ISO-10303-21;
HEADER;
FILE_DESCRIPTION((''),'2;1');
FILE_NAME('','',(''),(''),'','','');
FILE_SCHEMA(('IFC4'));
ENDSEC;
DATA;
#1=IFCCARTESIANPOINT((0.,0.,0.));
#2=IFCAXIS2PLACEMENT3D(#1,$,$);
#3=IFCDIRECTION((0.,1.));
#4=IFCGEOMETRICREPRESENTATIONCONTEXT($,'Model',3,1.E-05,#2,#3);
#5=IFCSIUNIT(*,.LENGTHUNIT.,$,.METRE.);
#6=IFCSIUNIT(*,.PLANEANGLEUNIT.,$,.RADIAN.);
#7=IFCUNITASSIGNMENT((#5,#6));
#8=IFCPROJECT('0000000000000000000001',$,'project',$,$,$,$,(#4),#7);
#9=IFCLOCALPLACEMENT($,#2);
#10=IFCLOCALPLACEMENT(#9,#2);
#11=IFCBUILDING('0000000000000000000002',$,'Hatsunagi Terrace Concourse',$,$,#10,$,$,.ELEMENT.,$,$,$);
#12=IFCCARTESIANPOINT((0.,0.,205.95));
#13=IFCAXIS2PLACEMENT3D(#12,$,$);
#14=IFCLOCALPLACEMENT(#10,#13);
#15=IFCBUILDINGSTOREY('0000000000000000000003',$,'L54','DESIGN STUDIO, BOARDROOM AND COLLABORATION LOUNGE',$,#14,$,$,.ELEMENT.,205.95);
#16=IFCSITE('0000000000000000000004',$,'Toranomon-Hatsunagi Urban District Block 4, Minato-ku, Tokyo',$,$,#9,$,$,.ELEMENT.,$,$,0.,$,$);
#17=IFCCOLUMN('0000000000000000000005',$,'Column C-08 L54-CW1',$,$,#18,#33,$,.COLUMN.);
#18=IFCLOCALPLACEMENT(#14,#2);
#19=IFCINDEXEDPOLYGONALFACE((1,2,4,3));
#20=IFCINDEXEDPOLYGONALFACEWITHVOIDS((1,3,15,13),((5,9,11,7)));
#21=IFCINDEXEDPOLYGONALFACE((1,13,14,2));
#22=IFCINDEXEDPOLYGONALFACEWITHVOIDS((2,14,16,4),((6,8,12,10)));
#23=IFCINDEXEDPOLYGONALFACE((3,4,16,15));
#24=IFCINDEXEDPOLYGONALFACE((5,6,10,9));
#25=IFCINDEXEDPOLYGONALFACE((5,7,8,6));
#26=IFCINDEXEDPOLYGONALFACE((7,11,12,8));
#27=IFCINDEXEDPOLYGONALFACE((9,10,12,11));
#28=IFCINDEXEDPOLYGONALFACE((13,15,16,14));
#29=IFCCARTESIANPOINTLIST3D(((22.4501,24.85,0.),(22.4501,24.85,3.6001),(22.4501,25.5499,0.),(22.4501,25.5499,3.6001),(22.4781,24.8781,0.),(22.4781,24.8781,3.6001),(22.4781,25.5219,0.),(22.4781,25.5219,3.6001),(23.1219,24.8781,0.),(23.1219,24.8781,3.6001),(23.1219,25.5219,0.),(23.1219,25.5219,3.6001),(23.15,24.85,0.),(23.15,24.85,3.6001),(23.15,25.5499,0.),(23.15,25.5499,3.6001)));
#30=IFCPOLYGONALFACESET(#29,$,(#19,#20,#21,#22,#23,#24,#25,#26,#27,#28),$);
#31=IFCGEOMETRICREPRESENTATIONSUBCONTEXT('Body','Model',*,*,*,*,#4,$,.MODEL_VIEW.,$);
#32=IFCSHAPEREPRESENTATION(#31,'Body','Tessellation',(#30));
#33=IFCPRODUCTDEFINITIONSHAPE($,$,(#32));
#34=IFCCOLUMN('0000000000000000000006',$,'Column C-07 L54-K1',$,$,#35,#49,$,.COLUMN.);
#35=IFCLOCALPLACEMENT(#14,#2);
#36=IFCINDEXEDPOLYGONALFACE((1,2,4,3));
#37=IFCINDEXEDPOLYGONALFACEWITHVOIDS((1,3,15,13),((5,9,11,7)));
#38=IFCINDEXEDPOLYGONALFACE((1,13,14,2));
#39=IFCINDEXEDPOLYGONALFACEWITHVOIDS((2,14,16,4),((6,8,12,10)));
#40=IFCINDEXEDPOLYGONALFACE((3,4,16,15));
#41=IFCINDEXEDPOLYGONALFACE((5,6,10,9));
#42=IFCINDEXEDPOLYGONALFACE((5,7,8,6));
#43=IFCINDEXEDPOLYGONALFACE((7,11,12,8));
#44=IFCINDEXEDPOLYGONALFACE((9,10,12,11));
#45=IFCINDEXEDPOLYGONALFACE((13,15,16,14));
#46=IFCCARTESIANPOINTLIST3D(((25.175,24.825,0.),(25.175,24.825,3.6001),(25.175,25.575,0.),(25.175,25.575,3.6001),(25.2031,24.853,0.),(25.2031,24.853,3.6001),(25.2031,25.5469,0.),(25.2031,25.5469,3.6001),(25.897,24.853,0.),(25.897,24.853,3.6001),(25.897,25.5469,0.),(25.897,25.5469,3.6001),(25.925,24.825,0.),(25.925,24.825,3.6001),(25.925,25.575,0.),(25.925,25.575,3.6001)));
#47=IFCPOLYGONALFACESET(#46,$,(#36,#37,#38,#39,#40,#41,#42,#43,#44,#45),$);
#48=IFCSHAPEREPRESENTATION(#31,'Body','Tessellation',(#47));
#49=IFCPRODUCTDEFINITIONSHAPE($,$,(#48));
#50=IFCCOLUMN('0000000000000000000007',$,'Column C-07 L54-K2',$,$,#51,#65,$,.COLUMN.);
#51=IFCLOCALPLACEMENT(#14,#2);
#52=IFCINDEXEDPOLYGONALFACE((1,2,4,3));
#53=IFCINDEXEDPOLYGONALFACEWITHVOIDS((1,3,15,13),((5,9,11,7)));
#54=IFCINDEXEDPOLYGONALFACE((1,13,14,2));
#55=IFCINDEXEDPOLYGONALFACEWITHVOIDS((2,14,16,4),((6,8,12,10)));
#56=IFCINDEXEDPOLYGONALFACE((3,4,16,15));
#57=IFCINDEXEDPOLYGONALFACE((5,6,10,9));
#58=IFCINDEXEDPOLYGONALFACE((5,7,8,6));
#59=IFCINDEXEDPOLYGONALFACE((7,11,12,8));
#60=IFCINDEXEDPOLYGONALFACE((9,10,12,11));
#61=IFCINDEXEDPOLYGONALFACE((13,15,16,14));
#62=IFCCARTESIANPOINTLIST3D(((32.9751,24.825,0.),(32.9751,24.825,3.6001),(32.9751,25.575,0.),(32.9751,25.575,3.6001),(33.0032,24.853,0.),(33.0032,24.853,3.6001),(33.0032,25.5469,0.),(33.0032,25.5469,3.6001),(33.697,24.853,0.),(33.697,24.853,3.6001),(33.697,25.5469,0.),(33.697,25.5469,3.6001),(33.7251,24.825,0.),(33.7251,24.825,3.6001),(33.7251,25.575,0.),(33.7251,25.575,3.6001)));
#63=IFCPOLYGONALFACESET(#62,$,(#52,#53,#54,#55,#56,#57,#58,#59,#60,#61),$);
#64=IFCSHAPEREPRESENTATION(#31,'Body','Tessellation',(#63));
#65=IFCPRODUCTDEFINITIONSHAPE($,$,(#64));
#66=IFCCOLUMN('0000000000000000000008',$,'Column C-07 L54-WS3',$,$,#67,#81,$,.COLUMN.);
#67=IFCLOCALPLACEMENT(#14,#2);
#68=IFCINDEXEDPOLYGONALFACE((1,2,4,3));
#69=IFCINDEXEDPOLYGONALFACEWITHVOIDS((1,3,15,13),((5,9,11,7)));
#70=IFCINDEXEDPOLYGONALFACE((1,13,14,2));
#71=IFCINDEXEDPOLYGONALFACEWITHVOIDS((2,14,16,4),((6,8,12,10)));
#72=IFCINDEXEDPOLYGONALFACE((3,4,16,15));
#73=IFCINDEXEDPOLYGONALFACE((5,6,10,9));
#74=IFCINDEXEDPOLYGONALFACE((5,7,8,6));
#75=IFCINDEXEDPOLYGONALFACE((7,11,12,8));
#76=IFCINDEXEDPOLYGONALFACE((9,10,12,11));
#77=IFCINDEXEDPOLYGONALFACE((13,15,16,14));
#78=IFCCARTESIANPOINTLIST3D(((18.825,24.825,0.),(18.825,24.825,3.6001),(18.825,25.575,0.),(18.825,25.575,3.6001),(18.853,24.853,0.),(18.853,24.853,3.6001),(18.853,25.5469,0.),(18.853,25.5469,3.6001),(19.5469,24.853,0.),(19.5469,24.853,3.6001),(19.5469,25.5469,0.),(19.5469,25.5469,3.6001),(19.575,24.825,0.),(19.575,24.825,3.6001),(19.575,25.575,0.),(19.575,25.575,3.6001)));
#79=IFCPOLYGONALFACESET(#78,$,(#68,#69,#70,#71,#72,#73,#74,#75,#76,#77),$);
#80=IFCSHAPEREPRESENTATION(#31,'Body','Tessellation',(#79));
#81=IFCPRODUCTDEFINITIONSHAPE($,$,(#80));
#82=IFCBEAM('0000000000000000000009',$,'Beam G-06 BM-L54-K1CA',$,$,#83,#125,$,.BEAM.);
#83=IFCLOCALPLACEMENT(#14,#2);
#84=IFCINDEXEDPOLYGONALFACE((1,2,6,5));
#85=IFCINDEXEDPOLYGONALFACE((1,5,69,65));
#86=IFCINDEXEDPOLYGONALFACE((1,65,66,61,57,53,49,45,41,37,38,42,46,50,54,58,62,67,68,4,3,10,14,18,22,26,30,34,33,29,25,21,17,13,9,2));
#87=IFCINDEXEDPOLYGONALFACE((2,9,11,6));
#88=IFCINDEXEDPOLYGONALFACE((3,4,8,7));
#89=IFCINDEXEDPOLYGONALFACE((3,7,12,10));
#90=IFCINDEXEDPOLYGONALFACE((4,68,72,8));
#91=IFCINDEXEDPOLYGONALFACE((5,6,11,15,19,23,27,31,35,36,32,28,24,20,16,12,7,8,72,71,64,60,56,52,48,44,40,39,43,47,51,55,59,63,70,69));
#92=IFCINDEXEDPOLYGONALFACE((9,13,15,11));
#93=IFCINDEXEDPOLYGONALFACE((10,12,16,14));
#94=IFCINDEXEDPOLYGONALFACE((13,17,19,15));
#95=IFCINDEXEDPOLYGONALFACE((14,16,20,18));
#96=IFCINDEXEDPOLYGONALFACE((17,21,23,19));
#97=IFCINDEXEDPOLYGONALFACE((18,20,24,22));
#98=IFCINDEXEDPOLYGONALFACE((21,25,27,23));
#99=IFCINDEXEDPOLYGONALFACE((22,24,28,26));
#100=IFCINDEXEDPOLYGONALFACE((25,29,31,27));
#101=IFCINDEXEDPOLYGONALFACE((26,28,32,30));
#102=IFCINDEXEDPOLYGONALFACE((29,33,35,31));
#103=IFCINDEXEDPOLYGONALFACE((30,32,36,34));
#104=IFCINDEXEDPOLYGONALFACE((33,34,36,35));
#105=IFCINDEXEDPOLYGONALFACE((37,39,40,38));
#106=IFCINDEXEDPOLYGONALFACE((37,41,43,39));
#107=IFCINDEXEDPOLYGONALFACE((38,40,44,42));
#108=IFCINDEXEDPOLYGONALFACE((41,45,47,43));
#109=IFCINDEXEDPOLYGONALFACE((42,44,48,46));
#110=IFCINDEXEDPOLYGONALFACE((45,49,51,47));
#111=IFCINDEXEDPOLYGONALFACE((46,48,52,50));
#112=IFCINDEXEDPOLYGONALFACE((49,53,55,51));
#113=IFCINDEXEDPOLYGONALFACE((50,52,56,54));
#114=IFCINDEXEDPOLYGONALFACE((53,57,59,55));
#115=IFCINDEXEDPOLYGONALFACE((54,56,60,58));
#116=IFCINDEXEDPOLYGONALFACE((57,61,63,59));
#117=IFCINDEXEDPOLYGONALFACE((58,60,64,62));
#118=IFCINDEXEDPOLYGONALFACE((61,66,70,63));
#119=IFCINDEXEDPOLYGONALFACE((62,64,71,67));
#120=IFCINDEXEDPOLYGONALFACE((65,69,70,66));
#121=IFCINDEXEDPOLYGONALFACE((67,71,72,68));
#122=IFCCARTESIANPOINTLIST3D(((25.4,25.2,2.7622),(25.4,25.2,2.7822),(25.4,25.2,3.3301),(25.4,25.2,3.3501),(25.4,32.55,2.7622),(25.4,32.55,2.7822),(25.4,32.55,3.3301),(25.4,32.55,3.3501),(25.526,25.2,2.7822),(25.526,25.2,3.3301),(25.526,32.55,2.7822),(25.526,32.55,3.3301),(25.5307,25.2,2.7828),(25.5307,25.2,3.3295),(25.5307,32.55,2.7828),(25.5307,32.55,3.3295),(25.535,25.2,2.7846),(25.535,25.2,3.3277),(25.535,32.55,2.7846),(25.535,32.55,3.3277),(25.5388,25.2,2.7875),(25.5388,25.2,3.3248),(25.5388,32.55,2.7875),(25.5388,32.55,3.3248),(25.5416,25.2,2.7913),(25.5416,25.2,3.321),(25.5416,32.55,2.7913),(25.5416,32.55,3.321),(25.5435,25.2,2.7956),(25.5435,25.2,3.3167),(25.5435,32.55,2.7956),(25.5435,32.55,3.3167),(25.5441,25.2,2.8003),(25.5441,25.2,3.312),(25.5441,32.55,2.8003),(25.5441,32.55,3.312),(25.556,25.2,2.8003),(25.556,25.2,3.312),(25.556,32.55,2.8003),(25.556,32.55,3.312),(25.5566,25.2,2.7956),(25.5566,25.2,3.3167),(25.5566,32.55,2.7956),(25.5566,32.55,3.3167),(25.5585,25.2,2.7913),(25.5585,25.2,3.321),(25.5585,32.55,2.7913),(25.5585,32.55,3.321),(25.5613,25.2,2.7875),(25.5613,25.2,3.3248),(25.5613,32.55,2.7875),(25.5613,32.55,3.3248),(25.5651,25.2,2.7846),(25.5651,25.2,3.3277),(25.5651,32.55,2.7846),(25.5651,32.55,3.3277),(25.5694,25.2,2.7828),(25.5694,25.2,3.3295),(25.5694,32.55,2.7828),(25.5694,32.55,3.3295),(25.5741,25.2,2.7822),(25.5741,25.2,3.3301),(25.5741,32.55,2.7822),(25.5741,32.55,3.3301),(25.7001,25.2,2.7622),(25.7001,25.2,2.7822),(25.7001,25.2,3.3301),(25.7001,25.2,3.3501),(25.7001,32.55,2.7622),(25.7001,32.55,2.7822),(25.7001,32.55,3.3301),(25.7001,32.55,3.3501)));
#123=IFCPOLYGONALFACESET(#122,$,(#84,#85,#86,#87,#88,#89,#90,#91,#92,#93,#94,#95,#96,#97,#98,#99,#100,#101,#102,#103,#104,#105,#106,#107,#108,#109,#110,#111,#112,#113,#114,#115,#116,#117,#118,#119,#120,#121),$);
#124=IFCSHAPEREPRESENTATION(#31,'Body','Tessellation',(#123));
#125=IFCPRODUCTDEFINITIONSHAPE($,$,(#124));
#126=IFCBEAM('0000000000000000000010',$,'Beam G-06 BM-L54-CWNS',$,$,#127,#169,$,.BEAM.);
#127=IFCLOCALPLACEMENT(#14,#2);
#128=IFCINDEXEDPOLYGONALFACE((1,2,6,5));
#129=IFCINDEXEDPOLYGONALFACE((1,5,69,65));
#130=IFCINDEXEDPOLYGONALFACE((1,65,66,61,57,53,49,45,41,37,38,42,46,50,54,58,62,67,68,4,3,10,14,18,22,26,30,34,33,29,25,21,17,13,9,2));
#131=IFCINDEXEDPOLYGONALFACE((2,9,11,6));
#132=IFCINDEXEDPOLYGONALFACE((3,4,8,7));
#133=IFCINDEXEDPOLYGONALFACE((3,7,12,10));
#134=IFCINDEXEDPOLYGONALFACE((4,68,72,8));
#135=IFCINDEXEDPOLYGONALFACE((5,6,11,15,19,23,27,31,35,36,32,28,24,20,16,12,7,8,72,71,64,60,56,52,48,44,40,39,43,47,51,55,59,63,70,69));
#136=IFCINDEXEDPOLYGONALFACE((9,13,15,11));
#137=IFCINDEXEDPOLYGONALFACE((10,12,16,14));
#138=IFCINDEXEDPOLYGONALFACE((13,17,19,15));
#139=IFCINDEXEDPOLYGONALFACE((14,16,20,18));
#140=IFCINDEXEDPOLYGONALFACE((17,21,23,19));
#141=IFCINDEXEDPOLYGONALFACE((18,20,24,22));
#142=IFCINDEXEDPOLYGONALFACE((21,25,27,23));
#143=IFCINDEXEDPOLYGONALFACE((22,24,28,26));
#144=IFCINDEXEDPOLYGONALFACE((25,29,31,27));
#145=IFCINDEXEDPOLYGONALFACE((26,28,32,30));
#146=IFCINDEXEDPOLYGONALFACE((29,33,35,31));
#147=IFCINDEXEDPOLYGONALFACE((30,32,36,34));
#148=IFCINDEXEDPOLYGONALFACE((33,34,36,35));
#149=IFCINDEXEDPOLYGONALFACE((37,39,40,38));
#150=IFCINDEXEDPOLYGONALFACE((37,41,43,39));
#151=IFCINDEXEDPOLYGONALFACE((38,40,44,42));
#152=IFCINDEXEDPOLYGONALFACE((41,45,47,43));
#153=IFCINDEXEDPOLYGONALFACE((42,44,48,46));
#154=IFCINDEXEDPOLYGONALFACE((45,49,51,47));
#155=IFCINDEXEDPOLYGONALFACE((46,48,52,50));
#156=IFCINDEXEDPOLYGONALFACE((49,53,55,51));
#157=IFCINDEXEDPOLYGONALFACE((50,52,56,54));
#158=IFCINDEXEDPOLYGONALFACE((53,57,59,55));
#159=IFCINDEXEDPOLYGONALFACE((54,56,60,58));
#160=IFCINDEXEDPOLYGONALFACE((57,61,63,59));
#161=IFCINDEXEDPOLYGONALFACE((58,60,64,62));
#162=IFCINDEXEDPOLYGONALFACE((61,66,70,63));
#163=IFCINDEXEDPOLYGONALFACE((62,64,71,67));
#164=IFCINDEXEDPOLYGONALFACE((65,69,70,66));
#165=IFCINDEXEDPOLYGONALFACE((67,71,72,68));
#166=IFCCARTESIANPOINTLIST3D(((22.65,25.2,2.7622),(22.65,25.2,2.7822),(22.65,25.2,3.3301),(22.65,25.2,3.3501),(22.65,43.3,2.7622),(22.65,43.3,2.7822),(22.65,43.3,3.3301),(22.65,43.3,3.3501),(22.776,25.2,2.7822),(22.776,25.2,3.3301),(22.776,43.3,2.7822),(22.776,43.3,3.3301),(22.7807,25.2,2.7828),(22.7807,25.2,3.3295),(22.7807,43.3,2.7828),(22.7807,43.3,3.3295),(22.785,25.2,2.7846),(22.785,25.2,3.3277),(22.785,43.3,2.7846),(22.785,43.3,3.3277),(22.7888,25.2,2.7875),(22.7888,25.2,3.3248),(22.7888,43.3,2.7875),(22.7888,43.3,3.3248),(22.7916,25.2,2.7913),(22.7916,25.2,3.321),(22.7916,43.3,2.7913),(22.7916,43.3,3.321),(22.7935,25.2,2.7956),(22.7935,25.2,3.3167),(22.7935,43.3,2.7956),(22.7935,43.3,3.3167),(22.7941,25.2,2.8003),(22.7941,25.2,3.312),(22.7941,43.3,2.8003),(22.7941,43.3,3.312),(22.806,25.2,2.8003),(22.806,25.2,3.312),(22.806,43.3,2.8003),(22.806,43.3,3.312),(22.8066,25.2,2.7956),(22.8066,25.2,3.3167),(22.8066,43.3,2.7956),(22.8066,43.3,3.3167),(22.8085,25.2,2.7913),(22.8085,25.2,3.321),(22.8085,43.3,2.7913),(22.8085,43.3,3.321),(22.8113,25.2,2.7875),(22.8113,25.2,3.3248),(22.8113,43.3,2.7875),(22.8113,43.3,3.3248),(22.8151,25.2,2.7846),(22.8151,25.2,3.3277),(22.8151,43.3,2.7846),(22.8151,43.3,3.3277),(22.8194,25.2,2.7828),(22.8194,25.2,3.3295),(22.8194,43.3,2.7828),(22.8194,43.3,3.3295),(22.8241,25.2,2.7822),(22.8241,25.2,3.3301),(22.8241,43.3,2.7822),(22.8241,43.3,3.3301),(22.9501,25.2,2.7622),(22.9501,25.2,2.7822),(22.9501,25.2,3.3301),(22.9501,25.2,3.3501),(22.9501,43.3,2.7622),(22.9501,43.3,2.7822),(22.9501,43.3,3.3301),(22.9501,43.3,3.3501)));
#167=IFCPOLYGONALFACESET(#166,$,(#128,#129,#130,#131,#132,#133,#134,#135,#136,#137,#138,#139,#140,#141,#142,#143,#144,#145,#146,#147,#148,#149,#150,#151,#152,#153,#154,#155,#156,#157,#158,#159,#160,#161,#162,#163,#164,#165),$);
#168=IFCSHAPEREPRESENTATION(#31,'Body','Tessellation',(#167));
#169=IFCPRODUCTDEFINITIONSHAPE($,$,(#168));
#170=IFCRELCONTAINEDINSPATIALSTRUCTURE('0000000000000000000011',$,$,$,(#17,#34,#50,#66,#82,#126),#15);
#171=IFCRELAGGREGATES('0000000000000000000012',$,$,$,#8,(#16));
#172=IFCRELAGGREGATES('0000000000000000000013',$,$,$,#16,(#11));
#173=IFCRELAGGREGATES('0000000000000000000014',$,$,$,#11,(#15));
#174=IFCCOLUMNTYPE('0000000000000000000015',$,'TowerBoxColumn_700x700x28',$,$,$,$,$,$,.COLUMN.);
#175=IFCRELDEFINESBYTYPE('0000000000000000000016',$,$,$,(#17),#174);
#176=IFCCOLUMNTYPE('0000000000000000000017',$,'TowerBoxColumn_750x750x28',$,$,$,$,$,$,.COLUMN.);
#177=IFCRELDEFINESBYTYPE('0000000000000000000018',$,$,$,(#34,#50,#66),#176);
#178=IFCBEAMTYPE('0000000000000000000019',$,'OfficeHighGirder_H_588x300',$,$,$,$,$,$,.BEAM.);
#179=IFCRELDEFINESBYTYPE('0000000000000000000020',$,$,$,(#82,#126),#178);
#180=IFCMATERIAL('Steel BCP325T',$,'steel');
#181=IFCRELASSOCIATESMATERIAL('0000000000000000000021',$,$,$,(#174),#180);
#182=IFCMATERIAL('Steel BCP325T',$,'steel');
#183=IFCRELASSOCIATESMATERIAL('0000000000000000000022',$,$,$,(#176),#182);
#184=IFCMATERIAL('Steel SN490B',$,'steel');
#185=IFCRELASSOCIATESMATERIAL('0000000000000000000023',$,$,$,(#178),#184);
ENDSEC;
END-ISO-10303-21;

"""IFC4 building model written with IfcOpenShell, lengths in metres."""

from ifc_helpers import new_model, si_unit, direction, frame, origin, origin_2d, place, context, subcontext, project, spatial, hollow_rectangle, i_section, extrude, material, material_profile, profile_set, type_object, element, save


model = new_model("IFC4")

# Units and contexts
model_context = context("Model", 3, precision=1e-05, world=origin(), true_north=direction((0.0, 1.0)))
body_context = subcontext(model_context, "Body", "Model", "MODEL_VIEW")
ifc_project = project(units=[si_unit("LENGTHUNIT", "METRE"), si_unit("PLANEANGLEUNIT", "RADIAN")], contexts=[model_context])

# Site, building, storey
site_placement = place(None, origin())
site = spatial("IfcSite", under=ifc_project, at=site_placement, Name="Toranomon-Hatsunagi Urban District Block 4, Minato-ku, Tokyo", CompositionType="ELEMENT", RefElevation=0.0)
building_placement = place(site_placement, origin())
building = spatial("IfcBuilding", under=site, at=building_placement, Name="Hatsunagi Terrace Concourse", CompositionType="ELEMENT")
storey_placement = place(building_placement, frame((0.0, 0.0, 205.95)))
storey = spatial("IfcBuildingStorey", under=building, at=storey_placement, Name="L54", Description="DESIGN STUDIO, BOARDROOM AND COLLABORATION LOUNGE", CompositionType="ELEMENT", Elevation=205.95)

# Columns
ifc_material_1 = material(Name="Steel BCP325T", Category="steel")
ifc_material_profile_1 = material_profile(ifc_material_1, hollow_rectangle(XDim=0.7, YDim=0.7, WallThickness=0.0281, at=origin_2d()), Name="BCP-700x700x28")
ifc_profile_set_1 = profile_set([ifc_material_profile_1], Name="Steel BCP325T")
column_type_1 = type_object("IfcColumnType", Name="TowerBoxColumn_700x700x28", PredefinedType="COLUMN", material=ifc_profile_set_1)
column_placement = place(storey_placement, frame((22.8, 25.2, 0.0), z_axis=(0.0, 0.0, 1.0), x_axis=(1.0, 0.0, 0.0)))
element("IfcColumn", 1, at=column_placement, inside=storey, type_object=column_type_1, Name="Column C-08 L54-CW1", PredefinedType="COLUMN", context=body_context, shape_type="SweptSolid", body=[
    extrude(hollow_rectangle(XDim=0.7, YDim=0.7, WallThickness=0.0281, at=origin_2d()), origin(), (0.0, 0.0, 1.0), 3.6001),
])
ifc_material_2 = material(Name="Steel BCP325T", Category="steel")
ifc_material_profile_2 = material_profile(ifc_material_2, hollow_rectangle(XDim=0.75, YDim=0.75, WallThickness=0.0281, at=origin_2d()), Name="BCP-750x750x28")
ifc_profile_set_2 = profile_set([ifc_material_profile_2], Name="Steel BCP325T")
column_type_2 = type_object("IfcColumnType", Name="TowerBoxColumn_750x750x28", PredefinedType="COLUMN", material=ifc_profile_set_2)
for number, where, z_axis, x_axis, name in (
    (2, (25.55, 25.2, 0.0), (0.0, 0.0, 1.0), (1.0, 0.0, 0.0), "Column C-07 L54-K1"),
    (3, (33.3501, 25.2, 0.0), (0.0, 0.0, 1.0), (1.0, 0.0, 0.0), "Column C-07 L54-K2"),
    (4, (19.2, 25.2, 0.0), (0.0, 0.0, 1.0), (1.0, 0.0, 0.0), "Column C-07 L54-WS3"),
):
    element("IfcColumn", number, at=place(storey_placement, frame(where, z_axis=z_axis, x_axis=x_axis)), inside=storey, type_object=column_type_2, Name=name, PredefinedType="COLUMN", context=body_context, shape_type="SweptSolid", body=[
        extrude(hollow_rectangle(XDim=0.75, YDim=0.75, WallThickness=0.0281, at=origin_2d()), origin(), (0.0, 0.0, 1.0), 3.6001),
    ])

# Beams
ifc_material_3 = material(Name="Steel SN490B", Category="steel")
ifc_material_profile_3 = material_profile(ifc_material_3, i_section(OverallWidth=0.3, OverallDepth=0.5879, WebThickness=0.012, FlangeThickness=0.02, FilletRadius=0.0181, at=origin_2d()), Name="H-588x300x12x20")
ifc_profile_set_3 = profile_set([ifc_material_profile_3], Name="Steel SN490B")
beam_type_1 = type_object("IfcBeamType", Name="OfficeHighGirder_H_588x300", PredefinedType="BEAM", material=ifc_profile_set_3)
beam_1_placement = place(storey_placement, frame((25.55, 25.2, 3.0562), z_axis=(0.0, 1.0, 0.0), x_axis=(-1.0, 0.0, 0.0)))
element("IfcBeam", 5, at=beam_1_placement, inside=storey, type_object=beam_type_1, Name="Beam G-06 BM-L54-K1CA", PredefinedType="BEAM", context=body_context, shape_type="SweptSolid", body=[
    extrude(i_section(OverallWidth=0.3, OverallDepth=0.5879, WebThickness=0.012, FlangeThickness=0.02, FilletRadius=0.0181, at=origin_2d()), origin(), (0.0, 0.0, 1.0), 7.3501),
])
beam_2_placement = place(storey_placement, frame((22.8, 25.2, 3.0562), z_axis=(0.0, 1.0, 0.0), x_axis=(-1.0, 0.0, 0.0)))
element("IfcBeam", 6, at=beam_2_placement, inside=storey, type_object=beam_type_1, Name="Beam G-06 BM-L54-CWNS", PredefinedType="BEAM", context=body_context, shape_type="SweptSolid", body=[
    extrude(i_section(OverallWidth=0.3, OverallDepth=0.5879, WebThickness=0.012, FlangeThickness=0.02, FilletRadius=0.0181, at=origin_2d()), origin(), (0.0, 0.0, 1.0), 18.1001),
])

save(model, "model.ifc")
